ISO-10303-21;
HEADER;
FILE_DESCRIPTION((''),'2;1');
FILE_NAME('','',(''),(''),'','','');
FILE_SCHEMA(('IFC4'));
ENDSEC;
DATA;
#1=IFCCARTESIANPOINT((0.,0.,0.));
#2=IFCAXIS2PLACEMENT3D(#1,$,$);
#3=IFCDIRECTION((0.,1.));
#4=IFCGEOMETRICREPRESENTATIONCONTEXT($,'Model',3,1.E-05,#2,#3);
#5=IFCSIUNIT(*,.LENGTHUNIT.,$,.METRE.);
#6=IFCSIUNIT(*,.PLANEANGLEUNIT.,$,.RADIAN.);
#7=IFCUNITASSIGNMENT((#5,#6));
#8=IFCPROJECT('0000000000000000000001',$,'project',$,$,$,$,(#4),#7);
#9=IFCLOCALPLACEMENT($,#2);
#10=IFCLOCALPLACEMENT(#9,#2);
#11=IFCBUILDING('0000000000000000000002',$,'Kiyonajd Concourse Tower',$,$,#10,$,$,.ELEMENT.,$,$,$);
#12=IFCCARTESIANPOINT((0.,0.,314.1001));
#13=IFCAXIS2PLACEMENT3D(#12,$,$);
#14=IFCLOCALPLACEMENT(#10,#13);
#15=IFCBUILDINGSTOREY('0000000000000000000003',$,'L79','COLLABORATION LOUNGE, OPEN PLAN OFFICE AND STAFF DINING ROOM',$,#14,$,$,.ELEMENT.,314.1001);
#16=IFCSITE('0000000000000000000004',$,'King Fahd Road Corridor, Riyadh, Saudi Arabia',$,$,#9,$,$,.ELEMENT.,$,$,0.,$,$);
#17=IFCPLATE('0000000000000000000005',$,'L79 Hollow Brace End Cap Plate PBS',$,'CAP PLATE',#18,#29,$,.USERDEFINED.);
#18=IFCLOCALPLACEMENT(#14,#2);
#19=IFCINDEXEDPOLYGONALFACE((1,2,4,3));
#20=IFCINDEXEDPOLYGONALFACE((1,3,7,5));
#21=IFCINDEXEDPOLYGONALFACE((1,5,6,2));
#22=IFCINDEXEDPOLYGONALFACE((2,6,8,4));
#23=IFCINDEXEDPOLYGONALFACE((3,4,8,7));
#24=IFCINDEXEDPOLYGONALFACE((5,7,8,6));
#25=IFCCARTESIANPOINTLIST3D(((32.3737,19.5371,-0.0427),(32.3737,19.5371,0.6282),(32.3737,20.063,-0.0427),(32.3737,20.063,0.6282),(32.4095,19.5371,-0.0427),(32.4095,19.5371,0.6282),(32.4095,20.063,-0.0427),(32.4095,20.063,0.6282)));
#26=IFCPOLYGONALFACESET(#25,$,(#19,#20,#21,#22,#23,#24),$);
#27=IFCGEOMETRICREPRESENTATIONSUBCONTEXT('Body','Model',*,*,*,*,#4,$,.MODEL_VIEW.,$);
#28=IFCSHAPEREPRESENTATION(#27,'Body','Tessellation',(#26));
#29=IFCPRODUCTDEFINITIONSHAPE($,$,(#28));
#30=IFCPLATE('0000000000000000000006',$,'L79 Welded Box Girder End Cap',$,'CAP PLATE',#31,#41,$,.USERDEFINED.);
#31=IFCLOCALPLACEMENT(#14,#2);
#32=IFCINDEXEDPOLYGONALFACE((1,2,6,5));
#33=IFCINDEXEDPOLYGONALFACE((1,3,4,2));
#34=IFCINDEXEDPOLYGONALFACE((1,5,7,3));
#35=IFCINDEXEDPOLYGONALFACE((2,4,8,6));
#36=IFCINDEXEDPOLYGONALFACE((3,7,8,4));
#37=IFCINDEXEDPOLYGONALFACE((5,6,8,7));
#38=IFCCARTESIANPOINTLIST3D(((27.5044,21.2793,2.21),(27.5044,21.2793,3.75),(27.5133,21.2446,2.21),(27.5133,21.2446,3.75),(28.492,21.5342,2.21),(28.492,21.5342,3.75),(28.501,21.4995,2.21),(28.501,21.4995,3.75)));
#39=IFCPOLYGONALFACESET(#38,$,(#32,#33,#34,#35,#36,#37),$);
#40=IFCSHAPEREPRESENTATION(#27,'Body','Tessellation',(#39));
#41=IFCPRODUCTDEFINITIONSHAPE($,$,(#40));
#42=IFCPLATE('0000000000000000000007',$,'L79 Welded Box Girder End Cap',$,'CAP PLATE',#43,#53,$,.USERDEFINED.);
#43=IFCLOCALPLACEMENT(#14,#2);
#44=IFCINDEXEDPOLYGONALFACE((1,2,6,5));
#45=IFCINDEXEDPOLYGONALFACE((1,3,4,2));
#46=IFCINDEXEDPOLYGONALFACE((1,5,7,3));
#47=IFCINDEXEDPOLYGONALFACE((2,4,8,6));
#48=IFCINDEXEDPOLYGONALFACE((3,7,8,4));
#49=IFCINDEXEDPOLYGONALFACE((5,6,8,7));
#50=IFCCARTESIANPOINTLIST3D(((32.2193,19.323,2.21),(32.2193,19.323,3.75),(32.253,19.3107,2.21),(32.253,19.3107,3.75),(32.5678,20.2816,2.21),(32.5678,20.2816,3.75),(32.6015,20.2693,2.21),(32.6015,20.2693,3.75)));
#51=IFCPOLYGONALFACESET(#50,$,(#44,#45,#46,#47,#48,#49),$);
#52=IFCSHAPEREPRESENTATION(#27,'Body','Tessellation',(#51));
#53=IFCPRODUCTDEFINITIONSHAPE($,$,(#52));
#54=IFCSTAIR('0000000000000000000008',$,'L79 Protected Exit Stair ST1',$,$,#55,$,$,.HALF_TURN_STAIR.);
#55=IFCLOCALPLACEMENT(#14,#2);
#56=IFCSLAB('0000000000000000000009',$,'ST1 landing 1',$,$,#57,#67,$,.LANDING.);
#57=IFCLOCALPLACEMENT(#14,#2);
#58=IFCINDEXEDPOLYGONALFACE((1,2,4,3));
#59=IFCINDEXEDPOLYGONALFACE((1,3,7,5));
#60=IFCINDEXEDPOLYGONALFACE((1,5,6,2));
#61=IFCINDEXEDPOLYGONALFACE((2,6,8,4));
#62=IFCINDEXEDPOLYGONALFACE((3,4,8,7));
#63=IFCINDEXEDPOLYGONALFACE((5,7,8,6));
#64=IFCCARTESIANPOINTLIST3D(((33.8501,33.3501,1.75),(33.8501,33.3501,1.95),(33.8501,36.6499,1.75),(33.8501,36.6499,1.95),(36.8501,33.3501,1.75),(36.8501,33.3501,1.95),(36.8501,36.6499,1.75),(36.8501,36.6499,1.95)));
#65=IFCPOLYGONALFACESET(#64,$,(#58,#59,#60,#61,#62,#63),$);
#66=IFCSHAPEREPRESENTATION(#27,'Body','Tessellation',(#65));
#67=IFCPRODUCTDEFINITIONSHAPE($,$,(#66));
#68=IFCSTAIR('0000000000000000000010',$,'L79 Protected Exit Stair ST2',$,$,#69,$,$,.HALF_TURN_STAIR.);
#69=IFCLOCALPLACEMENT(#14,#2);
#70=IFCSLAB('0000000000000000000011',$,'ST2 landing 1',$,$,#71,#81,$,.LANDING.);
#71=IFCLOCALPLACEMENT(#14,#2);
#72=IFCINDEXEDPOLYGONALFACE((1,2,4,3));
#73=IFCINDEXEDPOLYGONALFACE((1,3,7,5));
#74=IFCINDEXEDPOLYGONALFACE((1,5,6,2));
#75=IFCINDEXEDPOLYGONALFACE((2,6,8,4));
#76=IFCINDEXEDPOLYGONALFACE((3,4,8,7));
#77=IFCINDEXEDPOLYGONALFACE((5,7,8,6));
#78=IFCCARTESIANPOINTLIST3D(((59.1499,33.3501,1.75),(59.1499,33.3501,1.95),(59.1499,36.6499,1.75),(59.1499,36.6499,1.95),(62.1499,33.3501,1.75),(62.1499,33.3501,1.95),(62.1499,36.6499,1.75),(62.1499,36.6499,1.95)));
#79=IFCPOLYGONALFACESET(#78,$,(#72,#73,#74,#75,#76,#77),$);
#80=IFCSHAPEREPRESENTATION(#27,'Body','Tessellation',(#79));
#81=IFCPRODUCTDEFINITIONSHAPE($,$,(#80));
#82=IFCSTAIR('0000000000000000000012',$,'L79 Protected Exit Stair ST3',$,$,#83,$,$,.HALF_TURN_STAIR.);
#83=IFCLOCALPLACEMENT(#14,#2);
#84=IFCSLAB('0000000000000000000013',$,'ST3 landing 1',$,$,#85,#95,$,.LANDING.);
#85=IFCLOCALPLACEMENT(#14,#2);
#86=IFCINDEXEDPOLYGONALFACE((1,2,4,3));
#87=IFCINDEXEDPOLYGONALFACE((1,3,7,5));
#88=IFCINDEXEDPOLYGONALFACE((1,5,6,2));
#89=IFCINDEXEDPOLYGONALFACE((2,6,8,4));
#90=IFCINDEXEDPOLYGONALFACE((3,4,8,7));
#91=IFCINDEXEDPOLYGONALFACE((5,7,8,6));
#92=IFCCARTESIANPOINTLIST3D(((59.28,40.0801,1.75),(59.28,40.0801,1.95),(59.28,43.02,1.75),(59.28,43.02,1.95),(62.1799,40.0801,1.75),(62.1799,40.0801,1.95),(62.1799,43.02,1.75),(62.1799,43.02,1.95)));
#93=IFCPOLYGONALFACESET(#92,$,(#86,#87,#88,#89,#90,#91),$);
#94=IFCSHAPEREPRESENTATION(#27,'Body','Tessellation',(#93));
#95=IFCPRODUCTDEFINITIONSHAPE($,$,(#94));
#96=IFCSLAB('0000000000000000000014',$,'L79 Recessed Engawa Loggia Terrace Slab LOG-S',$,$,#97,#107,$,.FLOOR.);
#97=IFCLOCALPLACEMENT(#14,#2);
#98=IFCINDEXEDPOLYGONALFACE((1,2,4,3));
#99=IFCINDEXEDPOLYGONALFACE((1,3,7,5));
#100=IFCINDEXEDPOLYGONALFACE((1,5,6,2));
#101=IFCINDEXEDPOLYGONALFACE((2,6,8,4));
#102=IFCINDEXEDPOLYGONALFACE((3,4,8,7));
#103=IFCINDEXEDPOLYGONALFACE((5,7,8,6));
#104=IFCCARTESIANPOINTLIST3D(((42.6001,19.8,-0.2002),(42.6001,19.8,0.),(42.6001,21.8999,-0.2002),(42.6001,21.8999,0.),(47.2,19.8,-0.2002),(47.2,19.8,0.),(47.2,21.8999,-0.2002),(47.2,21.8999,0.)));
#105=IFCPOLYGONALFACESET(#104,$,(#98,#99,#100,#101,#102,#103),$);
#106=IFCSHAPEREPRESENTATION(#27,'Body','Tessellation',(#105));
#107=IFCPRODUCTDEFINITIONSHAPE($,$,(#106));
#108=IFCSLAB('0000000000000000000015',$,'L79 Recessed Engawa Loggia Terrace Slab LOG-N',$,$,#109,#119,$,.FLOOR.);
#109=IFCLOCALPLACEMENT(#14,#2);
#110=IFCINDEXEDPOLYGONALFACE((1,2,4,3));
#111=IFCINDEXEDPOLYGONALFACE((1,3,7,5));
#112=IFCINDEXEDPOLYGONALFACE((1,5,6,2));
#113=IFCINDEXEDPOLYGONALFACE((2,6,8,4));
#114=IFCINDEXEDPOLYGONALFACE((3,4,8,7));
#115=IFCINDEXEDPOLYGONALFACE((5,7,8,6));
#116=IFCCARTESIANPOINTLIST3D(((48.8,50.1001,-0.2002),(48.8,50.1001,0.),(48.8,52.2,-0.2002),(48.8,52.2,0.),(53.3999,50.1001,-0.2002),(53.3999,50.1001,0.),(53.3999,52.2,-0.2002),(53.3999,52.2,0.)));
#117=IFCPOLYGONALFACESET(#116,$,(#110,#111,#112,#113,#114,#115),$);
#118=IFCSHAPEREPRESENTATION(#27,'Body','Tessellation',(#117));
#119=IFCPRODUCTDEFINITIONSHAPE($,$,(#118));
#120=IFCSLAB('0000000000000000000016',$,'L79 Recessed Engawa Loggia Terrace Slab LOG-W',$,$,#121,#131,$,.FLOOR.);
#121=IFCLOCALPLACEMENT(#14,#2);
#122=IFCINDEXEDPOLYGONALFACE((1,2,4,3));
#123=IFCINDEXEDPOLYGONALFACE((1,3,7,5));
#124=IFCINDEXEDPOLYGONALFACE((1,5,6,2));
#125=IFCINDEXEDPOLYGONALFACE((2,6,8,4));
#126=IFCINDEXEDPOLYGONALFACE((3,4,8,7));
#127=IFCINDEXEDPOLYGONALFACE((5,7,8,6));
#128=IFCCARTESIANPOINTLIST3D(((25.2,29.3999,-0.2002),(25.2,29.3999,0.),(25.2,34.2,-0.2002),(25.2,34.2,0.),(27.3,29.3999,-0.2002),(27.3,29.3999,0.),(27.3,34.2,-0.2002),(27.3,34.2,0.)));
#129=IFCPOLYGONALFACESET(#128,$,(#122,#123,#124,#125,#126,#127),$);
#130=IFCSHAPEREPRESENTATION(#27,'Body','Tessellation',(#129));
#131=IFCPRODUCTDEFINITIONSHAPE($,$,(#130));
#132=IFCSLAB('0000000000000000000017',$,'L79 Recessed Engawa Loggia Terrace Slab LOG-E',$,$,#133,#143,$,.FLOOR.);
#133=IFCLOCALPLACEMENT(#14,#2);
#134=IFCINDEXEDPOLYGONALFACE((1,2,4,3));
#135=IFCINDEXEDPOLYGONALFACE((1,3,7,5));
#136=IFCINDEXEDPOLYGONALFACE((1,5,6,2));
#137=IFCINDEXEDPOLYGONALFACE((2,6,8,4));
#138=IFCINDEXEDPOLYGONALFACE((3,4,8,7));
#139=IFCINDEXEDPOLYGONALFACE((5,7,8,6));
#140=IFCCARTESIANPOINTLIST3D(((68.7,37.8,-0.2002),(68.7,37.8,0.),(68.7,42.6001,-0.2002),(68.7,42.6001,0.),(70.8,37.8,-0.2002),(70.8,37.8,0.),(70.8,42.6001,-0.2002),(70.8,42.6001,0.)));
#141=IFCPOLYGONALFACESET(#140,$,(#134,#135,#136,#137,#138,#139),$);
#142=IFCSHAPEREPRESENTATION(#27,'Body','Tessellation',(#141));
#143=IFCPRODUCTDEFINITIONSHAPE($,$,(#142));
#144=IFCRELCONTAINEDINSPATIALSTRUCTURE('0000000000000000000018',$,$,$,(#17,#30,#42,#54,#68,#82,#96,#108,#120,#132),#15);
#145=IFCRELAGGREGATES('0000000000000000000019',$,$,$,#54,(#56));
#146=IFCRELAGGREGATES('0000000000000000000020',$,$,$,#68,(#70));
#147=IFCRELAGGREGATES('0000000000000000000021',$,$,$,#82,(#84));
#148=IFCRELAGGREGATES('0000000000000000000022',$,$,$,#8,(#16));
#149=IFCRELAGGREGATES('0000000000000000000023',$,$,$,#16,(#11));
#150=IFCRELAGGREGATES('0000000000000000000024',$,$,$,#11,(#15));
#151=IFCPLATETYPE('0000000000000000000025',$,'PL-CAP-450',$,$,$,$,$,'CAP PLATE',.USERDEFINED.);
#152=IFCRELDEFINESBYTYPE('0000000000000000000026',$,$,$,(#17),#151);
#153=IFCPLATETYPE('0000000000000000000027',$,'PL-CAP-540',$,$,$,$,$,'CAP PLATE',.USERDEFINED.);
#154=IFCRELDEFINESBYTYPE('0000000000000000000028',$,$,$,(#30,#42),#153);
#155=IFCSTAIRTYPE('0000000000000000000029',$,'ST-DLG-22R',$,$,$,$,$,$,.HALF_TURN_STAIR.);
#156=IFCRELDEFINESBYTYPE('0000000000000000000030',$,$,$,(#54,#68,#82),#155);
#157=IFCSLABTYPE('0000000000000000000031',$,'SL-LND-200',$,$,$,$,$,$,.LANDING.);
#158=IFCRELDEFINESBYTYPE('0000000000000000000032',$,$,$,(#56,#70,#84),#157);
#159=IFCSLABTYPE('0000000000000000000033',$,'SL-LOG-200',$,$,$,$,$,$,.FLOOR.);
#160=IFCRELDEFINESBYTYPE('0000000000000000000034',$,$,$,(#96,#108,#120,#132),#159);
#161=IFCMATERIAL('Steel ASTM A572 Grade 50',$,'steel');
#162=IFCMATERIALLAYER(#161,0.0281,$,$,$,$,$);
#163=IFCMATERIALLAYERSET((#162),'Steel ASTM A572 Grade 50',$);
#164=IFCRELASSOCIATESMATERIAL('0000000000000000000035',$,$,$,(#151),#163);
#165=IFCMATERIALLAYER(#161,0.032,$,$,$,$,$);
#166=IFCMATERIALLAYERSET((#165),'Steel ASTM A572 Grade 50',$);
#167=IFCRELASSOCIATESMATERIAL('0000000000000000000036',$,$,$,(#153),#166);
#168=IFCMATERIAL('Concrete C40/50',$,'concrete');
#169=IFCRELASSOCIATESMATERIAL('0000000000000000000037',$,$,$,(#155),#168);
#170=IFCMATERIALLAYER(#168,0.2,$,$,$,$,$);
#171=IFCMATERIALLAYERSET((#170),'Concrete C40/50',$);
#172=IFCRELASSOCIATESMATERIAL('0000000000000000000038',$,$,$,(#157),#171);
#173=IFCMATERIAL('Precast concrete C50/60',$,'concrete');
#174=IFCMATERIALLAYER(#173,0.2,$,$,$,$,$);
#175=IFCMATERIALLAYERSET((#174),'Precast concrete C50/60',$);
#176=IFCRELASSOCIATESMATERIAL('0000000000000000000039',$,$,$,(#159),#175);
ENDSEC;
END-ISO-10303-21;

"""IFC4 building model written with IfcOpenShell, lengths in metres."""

from ifc_helpers import new_model, si_unit, direction, frame, origin, origin_2d, place, context, subcontext, project, spatial, polyline, rectangle, outline, extrude, material, layer, layer_set, type_object, element, aggregate, save


model = new_model("IFC4")

# Units and contexts
model_context = context("Model", 3, precision=1e-05, world=origin(), true_north=direction((0.0, 1.0)))
body_context = subcontext(model_context, "Body", "Model", "MODEL_VIEW")
ifc_project = project(units=[si_unit("LENGTHUNIT", "METRE"), si_unit("PLANEANGLEUNIT", "RADIAN")], contexts=[model_context])

# Site, building, storey
site_placement = place(None, origin())
site = spatial("IfcSite", under=ifc_project, at=site_placement, Name="King Fahd Road Corridor, Riyadh, Saudi Arabia", CompositionType="ELEMENT", RefElevation=0.0)
building_placement = place(site_placement, origin())
building = spatial("IfcBuilding", under=site, at=building_placement, Name="Kiyonajd Concourse Tower", CompositionType="ELEMENT")
storey_placement = place(building_placement, frame((0.0, 0.0, 314.1001)))
storey = spatial("IfcBuildingStorey", under=building, at=storey_placement, Name="L79", Description="COLLABORATION LOUNGE, OPEN PLAN OFFICE AND STAFF DINING ROOM", CompositionType="ELEMENT", Elevation=314.1001)

# Shared definitions
ifc_material_1 = material(Name="Steel ASTM A572 Grade 50", Category="steel")

# Plates
ifc_layer_1 = layer(ifc_material_1, 0.0281)
ifc_layer_set_1 = layer_set([ifc_layer_1], Name="Steel ASTM A572 Grade 50")
plate_type_1 = type_object("IfcPlateType", Name="PL-CAP-450", ElementType="CAP PLATE", PredefinedType="USERDEFINED", material=ifc_layer_set_1)
plate_placement = place(storey_placement, frame((32.3916, 19.8, -0.0427), z_axis=(0.0, 0.0, 1.0), x_axis=(-1.0, 0.0, 0.0)))
element("IfcPlate", 1, at=plate_placement, inside=storey, type_object=plate_type_1, Name="L79 Hollow Brace End Cap Plate PBS", ObjectType="CAP PLATE", PredefinedType="USERDEFINED", context=body_context, shape_type="SweptSolid", body=[
    extrude(rectangle(XDim=0.0359, YDim=0.5259, at=origin_2d()), origin(), (0.0, 0.0, 1.0), 0.6709),
])
ifc_layer_2 = layer(ifc_material_1, 0.032)
ifc_layer_set_2 = layer_set([ifc_layer_2], Name="Steel ASTM A572 Grade 50")
plate_type_2 = type_object("IfcPlateType", Name="PL-CAP-540", ElementType="CAP PLATE", PredefinedType="USERDEFINED", material=ifc_layer_set_2)
for number, where, z_axis, x_axis, name in (
    (2, (28.0027, 21.3894, 2.21), (0.0, 0.0, 1.0), (0.249873, -0.968279, 0.0), "L79 Welded Box Girder End Cap"),
    (3, (32.4104, 19.7961, 2.21), (0.0, 0.0, 1.0), (0.939812, -0.341692, 0.0), "L79 Welded Box Girder End Cap"),
):
    element("IfcPlate", number, at=place(storey_placement, frame(where, z_axis=z_axis, x_axis=x_axis)), inside=storey, type_object=plate_type_2, Name=name, ObjectType="CAP PLATE", PredefinedType="USERDEFINED", context=body_context, shape_type="SweptSolid", body=[
        extrude(rectangle(XDim=0.0359, YDim=1.02, at=origin_2d()), origin(), (0.0, 0.0, 1.0), 1.54),
    ])

# Stairs, slabs
ifc_material_2 = material(Name="Concrete C40/50", Category="concrete")
stair_type = type_object("IfcStairType", Name="ST-DLG-22R", PredefinedType="HALF_TURN_STAIR", material=ifc_material_2)
stair_1_placement = place(storey_placement, origin())
stair_1 = element("IfcStair", 4, at=stair_1_placement, inside=storey, type_object=stair_type, Name="L79 Protected Exit Stair ST1", PredefinedType="HALF_TURN_STAIR")
ifc_layer_3 = layer(ifc_material_2, 0.2)
ifc_layer_set_3 = layer_set([ifc_layer_3], Name="Concrete C40/50")
slab_type_1 = type_object("IfcSlabType", Name="SL-LND-200", PredefinedType="LANDING", material=ifc_layer_set_3)
slab_1_placement = place(storey_placement, frame((0.0, 0.0, 1.75)))
slab_1 = element("IfcSlab", 5, at=slab_1_placement, type_object=slab_type_1, Name="ST1 landing 1", PredefinedType="LANDING", context=body_context, shape_type="SweptSolid", body=[
    extrude(outline(polyline([(36.8501, 33.3501), (36.8501, 36.6499), (33.8501, 36.6499), (33.8501, 33.3501), (36.8501, 33.3501)])), origin(), (0.0, 0.0, 1.0), 0.2),
])
aggregate(stair_1, [slab_1])
stair_2_placement = place(storey_placement, origin())
stair_2 = element("IfcStair", 6, at=stair_2_placement, inside=storey, type_object=stair_type, Name="L79 Protected Exit Stair ST2", PredefinedType="HALF_TURN_STAIR")
slab_2_placement = place(storey_placement, frame((0.0, 0.0, 1.75)))
slab_2 = element("IfcSlab", 7, at=slab_2_placement, type_object=slab_type_1, Name="ST2 landing 1", PredefinedType="LANDING", context=body_context, shape_type="SweptSolid", body=[
    extrude(outline(polyline([(62.1499, 33.3501), (62.1499, 36.6499), (59.1499, 36.6499), (59.1499, 33.3501), (62.1499, 33.3501)])), origin(), (0.0, 0.0, 1.0), 0.2),
])
aggregate(stair_2, [slab_2])
stair_3_placement = place(storey_placement, origin())
stair_3 = element("IfcStair", 8, at=stair_3_placement, inside=storey, type_object=stair_type, Name="L79 Protected Exit Stair ST3", PredefinedType="HALF_TURN_STAIR")
slab_3_placement = place(storey_placement, frame((0.0, 0.0, 1.75)))
slab_3 = element("IfcSlab", 9, at=slab_3_placement, type_object=slab_type_1, Name="ST3 landing 1", PredefinedType="LANDING", context=body_context, shape_type="SweptSolid", body=[
    extrude(outline(polyline([(59.28, 40.0801), (62.1799, 40.0801), (62.1799, 43.02), (59.28, 43.02), (59.28, 40.0801)])), origin(), (0.0, 0.0, 1.0), 0.2),
])
aggregate(stair_3, [slab_3])

# Slabs
ifc_material_3 = material(Name="Precast concrete C50/60", Category="concrete")
ifc_layer_4 = layer(ifc_material_3, 0.2)
ifc_layer_set_4 = layer_set([ifc_layer_4], Name="Precast concrete C50/60")
slab_type_2 = type_object("IfcSlabType", Name="SL-LOG-200", PredefinedType="FLOOR", material=ifc_layer_set_4)
slab_4_placement = place(storey_placement, frame((0.0, 0.0, -0.2002)))
element("IfcSlab", 10, at=slab_4_placement, inside=storey, type_object=slab_type_2, Name="L79 Recessed Engawa Loggia Terrace Slab LOG-S", PredefinedType="FLOOR", context=body_context, shape_type="SweptSolid", body=[
    extrude(outline(polyline([(42.6001, 19.8), (47.2, 19.8), (47.2, 21.8999), (42.6001, 21.8999), (42.6001, 19.8)])), origin(), (0.0, 0.0, 1.0), 0.2002),
])
slab_5_placement = place(storey_placement, frame((0.0, 0.0, -0.2002)))
element("IfcSlab", 11, at=slab_5_placement, inside=storey, type_object=slab_type_2, Name="L79 Recessed Engawa Loggia Terrace Slab LOG-N", PredefinedType="FLOOR", context=body_context, shape_type="SweptSolid", body=[
    extrude(outline(polyline([(48.8, 50.1001), (53.3999, 50.1001), (53.3999, 52.2), (48.8, 52.2), (48.8, 50.1001)])), origin(), (0.0, 0.0, 1.0), 0.2002),
])
slab_6_placement = place(storey_placement, frame((0.0, 0.0, -0.2002)))
element("IfcSlab", 12, at=slab_6_placement, inside=storey, type_object=slab_type_2, Name="L79 Recessed Engawa Loggia Terrace Slab LOG-W", PredefinedType="FLOOR", context=body_context, shape_type="SweptSolid", body=[
    extrude(outline(polyline([(25.2, 29.3999), (27.3, 29.3999), (27.3, 34.2), (25.2, 34.2), (25.2, 29.3999)])), origin(), (0.0, 0.0, 1.0), 0.2002),
])
slab_7_placement = place(storey_placement, frame((0.0, 0.0, -0.2002)))
element("IfcSlab", 13, at=slab_7_placement, inside=storey, type_object=slab_type_2, Name="L79 Recessed Engawa Loggia Terrace Slab LOG-E", PredefinedType="FLOOR", context=body_context, shape_type="SweptSolid", body=[
    extrude(outline(polyline([(68.7, 37.8), (70.8, 37.8), (70.8, 42.6001), (68.7, 42.6001), (68.7, 37.8)])), origin(), (0.0, 0.0, 1.0), 0.2002),
])

save(model, "model.ifc")
